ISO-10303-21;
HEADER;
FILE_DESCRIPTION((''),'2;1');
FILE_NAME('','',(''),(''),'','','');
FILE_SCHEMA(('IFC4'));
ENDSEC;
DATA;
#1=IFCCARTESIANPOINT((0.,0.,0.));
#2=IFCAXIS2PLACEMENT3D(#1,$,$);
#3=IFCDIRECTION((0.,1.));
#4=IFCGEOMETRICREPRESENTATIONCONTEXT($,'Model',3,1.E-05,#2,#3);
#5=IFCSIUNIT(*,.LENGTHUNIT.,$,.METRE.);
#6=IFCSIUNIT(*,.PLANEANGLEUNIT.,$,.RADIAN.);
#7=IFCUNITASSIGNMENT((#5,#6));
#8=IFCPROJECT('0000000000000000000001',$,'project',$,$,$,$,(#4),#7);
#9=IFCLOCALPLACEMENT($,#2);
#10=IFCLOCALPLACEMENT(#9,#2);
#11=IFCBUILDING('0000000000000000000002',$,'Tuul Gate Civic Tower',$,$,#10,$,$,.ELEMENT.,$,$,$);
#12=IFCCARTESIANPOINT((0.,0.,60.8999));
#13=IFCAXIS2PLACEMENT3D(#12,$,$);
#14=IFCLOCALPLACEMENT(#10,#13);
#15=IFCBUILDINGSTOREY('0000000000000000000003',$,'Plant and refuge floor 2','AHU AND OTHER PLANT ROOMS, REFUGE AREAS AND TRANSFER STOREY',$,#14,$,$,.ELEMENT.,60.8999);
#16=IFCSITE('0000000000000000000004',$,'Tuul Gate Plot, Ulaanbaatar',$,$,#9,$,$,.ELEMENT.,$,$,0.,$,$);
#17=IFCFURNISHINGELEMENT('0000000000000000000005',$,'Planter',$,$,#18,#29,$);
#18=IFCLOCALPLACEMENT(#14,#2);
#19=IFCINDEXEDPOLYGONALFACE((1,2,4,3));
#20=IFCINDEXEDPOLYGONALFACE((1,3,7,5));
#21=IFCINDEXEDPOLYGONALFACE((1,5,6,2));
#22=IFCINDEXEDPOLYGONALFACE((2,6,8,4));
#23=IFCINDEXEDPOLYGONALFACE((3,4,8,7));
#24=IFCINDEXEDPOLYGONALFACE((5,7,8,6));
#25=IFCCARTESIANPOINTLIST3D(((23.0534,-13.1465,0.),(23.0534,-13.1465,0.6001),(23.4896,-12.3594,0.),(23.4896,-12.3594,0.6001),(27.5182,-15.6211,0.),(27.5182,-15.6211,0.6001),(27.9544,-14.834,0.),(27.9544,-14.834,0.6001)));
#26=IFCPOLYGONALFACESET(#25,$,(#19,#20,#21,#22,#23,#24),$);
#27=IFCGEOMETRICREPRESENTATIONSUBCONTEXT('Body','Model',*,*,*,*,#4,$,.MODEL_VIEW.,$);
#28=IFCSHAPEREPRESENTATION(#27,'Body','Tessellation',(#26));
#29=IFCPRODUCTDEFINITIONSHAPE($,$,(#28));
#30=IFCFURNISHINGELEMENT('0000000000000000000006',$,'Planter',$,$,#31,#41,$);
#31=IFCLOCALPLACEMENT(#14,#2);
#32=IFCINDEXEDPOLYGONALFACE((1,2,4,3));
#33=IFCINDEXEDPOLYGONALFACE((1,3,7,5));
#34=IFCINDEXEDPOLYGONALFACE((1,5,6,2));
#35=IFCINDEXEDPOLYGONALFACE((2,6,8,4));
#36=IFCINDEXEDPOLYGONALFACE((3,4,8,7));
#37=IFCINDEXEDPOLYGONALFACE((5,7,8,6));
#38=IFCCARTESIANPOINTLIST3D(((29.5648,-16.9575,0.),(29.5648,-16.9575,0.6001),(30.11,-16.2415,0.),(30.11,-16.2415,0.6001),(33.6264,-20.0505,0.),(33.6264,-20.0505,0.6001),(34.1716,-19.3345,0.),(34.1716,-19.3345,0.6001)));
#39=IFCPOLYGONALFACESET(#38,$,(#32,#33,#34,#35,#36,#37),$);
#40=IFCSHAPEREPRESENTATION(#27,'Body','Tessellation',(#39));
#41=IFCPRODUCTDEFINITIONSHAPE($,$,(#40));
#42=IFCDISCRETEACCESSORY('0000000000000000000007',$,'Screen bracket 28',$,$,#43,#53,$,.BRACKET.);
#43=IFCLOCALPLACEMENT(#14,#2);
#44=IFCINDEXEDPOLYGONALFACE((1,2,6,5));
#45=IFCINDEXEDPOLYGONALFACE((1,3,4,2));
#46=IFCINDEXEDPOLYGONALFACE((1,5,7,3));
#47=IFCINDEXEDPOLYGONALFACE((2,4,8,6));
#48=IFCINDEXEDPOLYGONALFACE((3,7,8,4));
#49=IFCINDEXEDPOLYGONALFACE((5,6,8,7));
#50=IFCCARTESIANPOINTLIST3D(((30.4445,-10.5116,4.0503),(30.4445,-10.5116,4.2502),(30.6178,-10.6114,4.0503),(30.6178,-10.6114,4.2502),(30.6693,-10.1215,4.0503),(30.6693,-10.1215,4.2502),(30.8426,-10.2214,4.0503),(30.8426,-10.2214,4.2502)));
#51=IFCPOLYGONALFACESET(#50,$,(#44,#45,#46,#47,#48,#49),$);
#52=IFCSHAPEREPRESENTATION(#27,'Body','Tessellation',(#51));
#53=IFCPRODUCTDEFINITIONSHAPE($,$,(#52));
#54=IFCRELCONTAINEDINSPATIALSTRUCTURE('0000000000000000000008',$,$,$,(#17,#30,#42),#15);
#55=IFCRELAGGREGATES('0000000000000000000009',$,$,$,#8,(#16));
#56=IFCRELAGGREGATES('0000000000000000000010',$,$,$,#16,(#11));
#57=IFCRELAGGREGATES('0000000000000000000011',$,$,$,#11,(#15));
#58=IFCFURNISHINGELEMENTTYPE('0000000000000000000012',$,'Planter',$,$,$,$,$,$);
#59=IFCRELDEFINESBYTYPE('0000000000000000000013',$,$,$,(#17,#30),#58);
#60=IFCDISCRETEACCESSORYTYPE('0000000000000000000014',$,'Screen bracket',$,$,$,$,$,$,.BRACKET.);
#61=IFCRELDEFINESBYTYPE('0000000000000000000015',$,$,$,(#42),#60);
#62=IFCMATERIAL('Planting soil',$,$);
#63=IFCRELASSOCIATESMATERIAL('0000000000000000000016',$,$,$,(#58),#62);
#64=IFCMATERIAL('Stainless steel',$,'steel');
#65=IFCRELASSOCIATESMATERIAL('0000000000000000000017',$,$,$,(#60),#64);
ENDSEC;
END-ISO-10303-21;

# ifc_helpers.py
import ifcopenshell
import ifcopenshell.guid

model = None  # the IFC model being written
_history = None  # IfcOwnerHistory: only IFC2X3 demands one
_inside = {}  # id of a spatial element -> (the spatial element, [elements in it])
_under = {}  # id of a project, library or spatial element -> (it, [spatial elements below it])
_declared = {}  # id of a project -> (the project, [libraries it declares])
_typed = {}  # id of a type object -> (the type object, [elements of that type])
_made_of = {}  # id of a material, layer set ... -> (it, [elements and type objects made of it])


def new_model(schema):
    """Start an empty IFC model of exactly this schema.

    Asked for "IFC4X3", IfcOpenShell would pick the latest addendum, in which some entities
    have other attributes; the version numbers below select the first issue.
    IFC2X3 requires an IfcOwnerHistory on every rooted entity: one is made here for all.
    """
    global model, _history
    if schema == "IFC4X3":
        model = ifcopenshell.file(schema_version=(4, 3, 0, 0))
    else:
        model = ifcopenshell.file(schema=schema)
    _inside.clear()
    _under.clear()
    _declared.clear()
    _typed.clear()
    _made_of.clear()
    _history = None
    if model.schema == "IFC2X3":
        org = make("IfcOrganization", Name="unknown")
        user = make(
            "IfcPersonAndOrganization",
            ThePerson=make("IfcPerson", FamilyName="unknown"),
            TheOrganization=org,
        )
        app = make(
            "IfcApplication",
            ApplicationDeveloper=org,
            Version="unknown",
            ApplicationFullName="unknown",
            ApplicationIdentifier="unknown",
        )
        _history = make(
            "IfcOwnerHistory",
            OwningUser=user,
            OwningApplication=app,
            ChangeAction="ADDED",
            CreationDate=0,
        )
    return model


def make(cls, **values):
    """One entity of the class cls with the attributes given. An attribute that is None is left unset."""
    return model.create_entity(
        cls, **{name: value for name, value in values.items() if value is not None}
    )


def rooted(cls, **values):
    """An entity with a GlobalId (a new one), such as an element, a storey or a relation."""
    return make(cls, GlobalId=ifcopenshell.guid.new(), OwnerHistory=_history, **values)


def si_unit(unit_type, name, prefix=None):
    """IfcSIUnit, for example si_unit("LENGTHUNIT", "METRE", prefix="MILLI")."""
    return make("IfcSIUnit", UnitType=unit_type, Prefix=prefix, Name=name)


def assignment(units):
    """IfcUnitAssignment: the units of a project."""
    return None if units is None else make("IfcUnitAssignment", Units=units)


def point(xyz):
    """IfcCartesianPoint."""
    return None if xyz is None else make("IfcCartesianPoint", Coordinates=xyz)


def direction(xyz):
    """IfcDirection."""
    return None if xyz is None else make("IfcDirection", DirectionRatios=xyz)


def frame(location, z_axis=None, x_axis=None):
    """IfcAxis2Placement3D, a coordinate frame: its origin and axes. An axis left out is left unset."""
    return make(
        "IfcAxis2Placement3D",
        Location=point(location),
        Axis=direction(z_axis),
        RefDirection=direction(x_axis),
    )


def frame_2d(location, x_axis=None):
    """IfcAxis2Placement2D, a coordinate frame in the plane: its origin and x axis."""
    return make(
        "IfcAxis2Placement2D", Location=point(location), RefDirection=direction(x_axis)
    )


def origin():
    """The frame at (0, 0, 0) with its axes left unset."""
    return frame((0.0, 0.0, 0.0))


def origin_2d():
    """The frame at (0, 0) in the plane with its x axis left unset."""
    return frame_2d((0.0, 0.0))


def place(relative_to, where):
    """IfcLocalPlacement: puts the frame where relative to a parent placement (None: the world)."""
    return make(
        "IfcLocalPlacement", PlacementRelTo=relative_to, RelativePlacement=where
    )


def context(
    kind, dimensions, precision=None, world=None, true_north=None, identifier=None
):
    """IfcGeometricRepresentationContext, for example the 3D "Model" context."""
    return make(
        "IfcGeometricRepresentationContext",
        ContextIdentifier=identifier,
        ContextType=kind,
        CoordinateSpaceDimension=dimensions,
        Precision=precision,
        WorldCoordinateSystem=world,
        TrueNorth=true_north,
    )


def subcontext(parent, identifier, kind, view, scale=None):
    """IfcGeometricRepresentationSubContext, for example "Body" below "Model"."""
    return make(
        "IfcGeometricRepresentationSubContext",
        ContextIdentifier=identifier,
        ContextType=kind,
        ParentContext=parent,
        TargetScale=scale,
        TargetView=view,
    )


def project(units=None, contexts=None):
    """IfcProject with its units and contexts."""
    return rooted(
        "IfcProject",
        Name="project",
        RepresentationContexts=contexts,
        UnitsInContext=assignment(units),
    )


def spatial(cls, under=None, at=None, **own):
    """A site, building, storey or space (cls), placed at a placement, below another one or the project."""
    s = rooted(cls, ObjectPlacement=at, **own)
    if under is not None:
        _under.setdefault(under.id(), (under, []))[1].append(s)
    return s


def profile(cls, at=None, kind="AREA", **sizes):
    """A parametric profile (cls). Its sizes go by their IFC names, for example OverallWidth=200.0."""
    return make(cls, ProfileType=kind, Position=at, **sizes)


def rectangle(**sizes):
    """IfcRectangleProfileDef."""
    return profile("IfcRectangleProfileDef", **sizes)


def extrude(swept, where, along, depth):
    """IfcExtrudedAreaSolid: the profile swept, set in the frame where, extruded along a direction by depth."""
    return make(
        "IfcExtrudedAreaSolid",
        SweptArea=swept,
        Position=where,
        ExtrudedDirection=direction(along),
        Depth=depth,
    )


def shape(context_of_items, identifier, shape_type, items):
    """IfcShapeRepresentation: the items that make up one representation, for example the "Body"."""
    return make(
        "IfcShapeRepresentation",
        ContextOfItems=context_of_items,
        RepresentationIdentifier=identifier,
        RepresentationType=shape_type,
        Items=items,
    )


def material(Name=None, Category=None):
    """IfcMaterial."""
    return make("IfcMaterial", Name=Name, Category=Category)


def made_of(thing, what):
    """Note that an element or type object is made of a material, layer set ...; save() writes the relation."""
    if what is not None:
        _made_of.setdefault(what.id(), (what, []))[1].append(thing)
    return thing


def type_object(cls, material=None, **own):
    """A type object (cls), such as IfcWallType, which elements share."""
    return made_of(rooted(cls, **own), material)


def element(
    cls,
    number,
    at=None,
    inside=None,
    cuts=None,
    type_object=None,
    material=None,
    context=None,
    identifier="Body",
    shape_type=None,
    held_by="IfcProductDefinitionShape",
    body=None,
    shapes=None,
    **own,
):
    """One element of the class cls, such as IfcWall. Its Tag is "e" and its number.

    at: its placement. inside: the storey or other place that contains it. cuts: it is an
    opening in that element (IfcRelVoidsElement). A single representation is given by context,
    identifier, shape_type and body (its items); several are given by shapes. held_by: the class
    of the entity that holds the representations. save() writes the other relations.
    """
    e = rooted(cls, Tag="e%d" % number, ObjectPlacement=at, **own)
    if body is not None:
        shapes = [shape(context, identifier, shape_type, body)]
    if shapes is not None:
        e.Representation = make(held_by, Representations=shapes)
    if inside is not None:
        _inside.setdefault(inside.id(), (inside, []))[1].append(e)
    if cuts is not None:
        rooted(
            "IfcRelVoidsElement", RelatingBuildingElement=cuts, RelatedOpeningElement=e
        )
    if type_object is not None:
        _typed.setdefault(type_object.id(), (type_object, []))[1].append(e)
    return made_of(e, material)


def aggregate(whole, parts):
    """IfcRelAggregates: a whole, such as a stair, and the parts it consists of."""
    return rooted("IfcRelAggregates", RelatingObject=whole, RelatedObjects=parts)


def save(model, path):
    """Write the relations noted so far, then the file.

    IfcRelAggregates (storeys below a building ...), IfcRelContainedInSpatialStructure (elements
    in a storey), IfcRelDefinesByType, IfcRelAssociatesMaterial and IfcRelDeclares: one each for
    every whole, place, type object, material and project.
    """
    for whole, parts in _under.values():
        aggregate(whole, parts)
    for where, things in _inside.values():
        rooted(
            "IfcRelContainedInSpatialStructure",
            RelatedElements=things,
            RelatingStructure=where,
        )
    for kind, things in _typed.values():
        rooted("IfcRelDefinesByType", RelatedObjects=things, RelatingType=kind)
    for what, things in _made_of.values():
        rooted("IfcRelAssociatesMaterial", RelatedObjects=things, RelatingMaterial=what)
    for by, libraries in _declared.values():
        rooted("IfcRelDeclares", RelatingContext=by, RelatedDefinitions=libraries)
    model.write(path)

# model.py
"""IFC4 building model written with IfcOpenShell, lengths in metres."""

from ifc_helpers import new_model, si_unit, direction, frame, origin, origin_2d, place, context, subcontext, project, spatial, rectangle, extrude, material, type_object, element, save


model = new_model("IFC4")

# Units and contexts
model_context = context("Model", 3, precision=1e-05, world=origin(), true_north=direction((0.0, 1.0)))
body_context = subcontext(model_context, "Body", "Model", "MODEL_VIEW")
ifc_project = project(units=[si_unit("LENGTHUNIT", "METRE"), si_unit("PLANEANGLEUNIT", "RADIAN")], contexts=[model_context])

# Site, building, storey
site_placement = place(None, origin())
site = spatial("IfcSite", under=ifc_project, at=site_placement, Name="Tuul Gate Plot, Ulaanbaatar", CompositionType="ELEMENT", RefElevation=0.0)
building_placement = place(site_placement, origin())
building = spatial("IfcBuilding", under=site, at=building_placement, Name="Tuul Gate Civic Tower", CompositionType="ELEMENT")
storey_placement = place(building_placement, frame((0.0, 0.0, 60.8999)))
storey = spatial("IfcBuildingStorey", under=building, at=storey_placement, Name="Plant and refuge floor 2", Description="AHU AND OTHER PLANT ROOMS, REFUGE AREAS AND TRANSFER STOREY", CompositionType="ELEMENT", Elevation=60.8999)

# Furnishing elements
ifc_material_1 = material(Name="Planting soil")
furnishing_element_type = type_object("IfcFurnishingElementType", Name="Planter", material=ifc_material_1)
furnishing_1_placement = place(storey_placement, frame((25.5039, -13.9902, 0.0), z_axis=(0.0, 0.0, 1.0), x_axis=(0.874647, -0.48476, 0.0)))
element("IfcFurnishingElement", 1, at=furnishing_1_placement, inside=storey, type_object=furnishing_element_type, Name="Planter", context=body_context, shape_type="SweptSolid", body=[
    extrude(rectangle(XDim=5.1047, YDim=0.8999, at=origin_2d()), origin(), (0.0, 0.0, 1.0), 0.6001),
])
furnishing_2_placement = place(storey_placement, frame((31.8682, -18.146, 0.0), z_axis=(0.0, 0.0, 1.0), x_axis=(0.795582, -0.605846, 0.0)))
element("IfcFurnishingElement", 2, at=furnishing_2_placement, inside=storey, type_object=furnishing_element_type, Name="Planter", context=body_context, shape_type="SweptSolid", body=[
    extrude(rectangle(XDim=5.1052, YDim=0.8999, at=origin_2d()), origin(), (0.0, 0.0, 1.0), 0.6001),
])

# Discrete accessory
ifc_material_2 = material(Name="Stainless steel", Category="steel")
discrete_accessory_type = type_object("IfcDiscreteAccessoryType", Name="Screen bracket", PredefinedType="BRACKET", material=ifc_material_2)
discrete_accessory_placement = place(storey_placement, frame((30.6436, -10.3665, 4.0503), z_axis=(0.0, 0.0, 1.0), x_axis=(-0.49937, -0.866389, 0.0)))
element("IfcDiscreteAccessory", 3, at=discrete_accessory_placement, inside=storey, type_object=discrete_accessory_type, Name="Screen bracket 28", PredefinedType="BRACKET", context=body_context, shape_type="SweptSolid", body=[
    extrude(rectangle(XDim=0.4502, YDim=0.2, at=origin_2d()), origin(), (0.0, 0.0, 1.0), 0.2),
])

save(model, "model.ifc")
